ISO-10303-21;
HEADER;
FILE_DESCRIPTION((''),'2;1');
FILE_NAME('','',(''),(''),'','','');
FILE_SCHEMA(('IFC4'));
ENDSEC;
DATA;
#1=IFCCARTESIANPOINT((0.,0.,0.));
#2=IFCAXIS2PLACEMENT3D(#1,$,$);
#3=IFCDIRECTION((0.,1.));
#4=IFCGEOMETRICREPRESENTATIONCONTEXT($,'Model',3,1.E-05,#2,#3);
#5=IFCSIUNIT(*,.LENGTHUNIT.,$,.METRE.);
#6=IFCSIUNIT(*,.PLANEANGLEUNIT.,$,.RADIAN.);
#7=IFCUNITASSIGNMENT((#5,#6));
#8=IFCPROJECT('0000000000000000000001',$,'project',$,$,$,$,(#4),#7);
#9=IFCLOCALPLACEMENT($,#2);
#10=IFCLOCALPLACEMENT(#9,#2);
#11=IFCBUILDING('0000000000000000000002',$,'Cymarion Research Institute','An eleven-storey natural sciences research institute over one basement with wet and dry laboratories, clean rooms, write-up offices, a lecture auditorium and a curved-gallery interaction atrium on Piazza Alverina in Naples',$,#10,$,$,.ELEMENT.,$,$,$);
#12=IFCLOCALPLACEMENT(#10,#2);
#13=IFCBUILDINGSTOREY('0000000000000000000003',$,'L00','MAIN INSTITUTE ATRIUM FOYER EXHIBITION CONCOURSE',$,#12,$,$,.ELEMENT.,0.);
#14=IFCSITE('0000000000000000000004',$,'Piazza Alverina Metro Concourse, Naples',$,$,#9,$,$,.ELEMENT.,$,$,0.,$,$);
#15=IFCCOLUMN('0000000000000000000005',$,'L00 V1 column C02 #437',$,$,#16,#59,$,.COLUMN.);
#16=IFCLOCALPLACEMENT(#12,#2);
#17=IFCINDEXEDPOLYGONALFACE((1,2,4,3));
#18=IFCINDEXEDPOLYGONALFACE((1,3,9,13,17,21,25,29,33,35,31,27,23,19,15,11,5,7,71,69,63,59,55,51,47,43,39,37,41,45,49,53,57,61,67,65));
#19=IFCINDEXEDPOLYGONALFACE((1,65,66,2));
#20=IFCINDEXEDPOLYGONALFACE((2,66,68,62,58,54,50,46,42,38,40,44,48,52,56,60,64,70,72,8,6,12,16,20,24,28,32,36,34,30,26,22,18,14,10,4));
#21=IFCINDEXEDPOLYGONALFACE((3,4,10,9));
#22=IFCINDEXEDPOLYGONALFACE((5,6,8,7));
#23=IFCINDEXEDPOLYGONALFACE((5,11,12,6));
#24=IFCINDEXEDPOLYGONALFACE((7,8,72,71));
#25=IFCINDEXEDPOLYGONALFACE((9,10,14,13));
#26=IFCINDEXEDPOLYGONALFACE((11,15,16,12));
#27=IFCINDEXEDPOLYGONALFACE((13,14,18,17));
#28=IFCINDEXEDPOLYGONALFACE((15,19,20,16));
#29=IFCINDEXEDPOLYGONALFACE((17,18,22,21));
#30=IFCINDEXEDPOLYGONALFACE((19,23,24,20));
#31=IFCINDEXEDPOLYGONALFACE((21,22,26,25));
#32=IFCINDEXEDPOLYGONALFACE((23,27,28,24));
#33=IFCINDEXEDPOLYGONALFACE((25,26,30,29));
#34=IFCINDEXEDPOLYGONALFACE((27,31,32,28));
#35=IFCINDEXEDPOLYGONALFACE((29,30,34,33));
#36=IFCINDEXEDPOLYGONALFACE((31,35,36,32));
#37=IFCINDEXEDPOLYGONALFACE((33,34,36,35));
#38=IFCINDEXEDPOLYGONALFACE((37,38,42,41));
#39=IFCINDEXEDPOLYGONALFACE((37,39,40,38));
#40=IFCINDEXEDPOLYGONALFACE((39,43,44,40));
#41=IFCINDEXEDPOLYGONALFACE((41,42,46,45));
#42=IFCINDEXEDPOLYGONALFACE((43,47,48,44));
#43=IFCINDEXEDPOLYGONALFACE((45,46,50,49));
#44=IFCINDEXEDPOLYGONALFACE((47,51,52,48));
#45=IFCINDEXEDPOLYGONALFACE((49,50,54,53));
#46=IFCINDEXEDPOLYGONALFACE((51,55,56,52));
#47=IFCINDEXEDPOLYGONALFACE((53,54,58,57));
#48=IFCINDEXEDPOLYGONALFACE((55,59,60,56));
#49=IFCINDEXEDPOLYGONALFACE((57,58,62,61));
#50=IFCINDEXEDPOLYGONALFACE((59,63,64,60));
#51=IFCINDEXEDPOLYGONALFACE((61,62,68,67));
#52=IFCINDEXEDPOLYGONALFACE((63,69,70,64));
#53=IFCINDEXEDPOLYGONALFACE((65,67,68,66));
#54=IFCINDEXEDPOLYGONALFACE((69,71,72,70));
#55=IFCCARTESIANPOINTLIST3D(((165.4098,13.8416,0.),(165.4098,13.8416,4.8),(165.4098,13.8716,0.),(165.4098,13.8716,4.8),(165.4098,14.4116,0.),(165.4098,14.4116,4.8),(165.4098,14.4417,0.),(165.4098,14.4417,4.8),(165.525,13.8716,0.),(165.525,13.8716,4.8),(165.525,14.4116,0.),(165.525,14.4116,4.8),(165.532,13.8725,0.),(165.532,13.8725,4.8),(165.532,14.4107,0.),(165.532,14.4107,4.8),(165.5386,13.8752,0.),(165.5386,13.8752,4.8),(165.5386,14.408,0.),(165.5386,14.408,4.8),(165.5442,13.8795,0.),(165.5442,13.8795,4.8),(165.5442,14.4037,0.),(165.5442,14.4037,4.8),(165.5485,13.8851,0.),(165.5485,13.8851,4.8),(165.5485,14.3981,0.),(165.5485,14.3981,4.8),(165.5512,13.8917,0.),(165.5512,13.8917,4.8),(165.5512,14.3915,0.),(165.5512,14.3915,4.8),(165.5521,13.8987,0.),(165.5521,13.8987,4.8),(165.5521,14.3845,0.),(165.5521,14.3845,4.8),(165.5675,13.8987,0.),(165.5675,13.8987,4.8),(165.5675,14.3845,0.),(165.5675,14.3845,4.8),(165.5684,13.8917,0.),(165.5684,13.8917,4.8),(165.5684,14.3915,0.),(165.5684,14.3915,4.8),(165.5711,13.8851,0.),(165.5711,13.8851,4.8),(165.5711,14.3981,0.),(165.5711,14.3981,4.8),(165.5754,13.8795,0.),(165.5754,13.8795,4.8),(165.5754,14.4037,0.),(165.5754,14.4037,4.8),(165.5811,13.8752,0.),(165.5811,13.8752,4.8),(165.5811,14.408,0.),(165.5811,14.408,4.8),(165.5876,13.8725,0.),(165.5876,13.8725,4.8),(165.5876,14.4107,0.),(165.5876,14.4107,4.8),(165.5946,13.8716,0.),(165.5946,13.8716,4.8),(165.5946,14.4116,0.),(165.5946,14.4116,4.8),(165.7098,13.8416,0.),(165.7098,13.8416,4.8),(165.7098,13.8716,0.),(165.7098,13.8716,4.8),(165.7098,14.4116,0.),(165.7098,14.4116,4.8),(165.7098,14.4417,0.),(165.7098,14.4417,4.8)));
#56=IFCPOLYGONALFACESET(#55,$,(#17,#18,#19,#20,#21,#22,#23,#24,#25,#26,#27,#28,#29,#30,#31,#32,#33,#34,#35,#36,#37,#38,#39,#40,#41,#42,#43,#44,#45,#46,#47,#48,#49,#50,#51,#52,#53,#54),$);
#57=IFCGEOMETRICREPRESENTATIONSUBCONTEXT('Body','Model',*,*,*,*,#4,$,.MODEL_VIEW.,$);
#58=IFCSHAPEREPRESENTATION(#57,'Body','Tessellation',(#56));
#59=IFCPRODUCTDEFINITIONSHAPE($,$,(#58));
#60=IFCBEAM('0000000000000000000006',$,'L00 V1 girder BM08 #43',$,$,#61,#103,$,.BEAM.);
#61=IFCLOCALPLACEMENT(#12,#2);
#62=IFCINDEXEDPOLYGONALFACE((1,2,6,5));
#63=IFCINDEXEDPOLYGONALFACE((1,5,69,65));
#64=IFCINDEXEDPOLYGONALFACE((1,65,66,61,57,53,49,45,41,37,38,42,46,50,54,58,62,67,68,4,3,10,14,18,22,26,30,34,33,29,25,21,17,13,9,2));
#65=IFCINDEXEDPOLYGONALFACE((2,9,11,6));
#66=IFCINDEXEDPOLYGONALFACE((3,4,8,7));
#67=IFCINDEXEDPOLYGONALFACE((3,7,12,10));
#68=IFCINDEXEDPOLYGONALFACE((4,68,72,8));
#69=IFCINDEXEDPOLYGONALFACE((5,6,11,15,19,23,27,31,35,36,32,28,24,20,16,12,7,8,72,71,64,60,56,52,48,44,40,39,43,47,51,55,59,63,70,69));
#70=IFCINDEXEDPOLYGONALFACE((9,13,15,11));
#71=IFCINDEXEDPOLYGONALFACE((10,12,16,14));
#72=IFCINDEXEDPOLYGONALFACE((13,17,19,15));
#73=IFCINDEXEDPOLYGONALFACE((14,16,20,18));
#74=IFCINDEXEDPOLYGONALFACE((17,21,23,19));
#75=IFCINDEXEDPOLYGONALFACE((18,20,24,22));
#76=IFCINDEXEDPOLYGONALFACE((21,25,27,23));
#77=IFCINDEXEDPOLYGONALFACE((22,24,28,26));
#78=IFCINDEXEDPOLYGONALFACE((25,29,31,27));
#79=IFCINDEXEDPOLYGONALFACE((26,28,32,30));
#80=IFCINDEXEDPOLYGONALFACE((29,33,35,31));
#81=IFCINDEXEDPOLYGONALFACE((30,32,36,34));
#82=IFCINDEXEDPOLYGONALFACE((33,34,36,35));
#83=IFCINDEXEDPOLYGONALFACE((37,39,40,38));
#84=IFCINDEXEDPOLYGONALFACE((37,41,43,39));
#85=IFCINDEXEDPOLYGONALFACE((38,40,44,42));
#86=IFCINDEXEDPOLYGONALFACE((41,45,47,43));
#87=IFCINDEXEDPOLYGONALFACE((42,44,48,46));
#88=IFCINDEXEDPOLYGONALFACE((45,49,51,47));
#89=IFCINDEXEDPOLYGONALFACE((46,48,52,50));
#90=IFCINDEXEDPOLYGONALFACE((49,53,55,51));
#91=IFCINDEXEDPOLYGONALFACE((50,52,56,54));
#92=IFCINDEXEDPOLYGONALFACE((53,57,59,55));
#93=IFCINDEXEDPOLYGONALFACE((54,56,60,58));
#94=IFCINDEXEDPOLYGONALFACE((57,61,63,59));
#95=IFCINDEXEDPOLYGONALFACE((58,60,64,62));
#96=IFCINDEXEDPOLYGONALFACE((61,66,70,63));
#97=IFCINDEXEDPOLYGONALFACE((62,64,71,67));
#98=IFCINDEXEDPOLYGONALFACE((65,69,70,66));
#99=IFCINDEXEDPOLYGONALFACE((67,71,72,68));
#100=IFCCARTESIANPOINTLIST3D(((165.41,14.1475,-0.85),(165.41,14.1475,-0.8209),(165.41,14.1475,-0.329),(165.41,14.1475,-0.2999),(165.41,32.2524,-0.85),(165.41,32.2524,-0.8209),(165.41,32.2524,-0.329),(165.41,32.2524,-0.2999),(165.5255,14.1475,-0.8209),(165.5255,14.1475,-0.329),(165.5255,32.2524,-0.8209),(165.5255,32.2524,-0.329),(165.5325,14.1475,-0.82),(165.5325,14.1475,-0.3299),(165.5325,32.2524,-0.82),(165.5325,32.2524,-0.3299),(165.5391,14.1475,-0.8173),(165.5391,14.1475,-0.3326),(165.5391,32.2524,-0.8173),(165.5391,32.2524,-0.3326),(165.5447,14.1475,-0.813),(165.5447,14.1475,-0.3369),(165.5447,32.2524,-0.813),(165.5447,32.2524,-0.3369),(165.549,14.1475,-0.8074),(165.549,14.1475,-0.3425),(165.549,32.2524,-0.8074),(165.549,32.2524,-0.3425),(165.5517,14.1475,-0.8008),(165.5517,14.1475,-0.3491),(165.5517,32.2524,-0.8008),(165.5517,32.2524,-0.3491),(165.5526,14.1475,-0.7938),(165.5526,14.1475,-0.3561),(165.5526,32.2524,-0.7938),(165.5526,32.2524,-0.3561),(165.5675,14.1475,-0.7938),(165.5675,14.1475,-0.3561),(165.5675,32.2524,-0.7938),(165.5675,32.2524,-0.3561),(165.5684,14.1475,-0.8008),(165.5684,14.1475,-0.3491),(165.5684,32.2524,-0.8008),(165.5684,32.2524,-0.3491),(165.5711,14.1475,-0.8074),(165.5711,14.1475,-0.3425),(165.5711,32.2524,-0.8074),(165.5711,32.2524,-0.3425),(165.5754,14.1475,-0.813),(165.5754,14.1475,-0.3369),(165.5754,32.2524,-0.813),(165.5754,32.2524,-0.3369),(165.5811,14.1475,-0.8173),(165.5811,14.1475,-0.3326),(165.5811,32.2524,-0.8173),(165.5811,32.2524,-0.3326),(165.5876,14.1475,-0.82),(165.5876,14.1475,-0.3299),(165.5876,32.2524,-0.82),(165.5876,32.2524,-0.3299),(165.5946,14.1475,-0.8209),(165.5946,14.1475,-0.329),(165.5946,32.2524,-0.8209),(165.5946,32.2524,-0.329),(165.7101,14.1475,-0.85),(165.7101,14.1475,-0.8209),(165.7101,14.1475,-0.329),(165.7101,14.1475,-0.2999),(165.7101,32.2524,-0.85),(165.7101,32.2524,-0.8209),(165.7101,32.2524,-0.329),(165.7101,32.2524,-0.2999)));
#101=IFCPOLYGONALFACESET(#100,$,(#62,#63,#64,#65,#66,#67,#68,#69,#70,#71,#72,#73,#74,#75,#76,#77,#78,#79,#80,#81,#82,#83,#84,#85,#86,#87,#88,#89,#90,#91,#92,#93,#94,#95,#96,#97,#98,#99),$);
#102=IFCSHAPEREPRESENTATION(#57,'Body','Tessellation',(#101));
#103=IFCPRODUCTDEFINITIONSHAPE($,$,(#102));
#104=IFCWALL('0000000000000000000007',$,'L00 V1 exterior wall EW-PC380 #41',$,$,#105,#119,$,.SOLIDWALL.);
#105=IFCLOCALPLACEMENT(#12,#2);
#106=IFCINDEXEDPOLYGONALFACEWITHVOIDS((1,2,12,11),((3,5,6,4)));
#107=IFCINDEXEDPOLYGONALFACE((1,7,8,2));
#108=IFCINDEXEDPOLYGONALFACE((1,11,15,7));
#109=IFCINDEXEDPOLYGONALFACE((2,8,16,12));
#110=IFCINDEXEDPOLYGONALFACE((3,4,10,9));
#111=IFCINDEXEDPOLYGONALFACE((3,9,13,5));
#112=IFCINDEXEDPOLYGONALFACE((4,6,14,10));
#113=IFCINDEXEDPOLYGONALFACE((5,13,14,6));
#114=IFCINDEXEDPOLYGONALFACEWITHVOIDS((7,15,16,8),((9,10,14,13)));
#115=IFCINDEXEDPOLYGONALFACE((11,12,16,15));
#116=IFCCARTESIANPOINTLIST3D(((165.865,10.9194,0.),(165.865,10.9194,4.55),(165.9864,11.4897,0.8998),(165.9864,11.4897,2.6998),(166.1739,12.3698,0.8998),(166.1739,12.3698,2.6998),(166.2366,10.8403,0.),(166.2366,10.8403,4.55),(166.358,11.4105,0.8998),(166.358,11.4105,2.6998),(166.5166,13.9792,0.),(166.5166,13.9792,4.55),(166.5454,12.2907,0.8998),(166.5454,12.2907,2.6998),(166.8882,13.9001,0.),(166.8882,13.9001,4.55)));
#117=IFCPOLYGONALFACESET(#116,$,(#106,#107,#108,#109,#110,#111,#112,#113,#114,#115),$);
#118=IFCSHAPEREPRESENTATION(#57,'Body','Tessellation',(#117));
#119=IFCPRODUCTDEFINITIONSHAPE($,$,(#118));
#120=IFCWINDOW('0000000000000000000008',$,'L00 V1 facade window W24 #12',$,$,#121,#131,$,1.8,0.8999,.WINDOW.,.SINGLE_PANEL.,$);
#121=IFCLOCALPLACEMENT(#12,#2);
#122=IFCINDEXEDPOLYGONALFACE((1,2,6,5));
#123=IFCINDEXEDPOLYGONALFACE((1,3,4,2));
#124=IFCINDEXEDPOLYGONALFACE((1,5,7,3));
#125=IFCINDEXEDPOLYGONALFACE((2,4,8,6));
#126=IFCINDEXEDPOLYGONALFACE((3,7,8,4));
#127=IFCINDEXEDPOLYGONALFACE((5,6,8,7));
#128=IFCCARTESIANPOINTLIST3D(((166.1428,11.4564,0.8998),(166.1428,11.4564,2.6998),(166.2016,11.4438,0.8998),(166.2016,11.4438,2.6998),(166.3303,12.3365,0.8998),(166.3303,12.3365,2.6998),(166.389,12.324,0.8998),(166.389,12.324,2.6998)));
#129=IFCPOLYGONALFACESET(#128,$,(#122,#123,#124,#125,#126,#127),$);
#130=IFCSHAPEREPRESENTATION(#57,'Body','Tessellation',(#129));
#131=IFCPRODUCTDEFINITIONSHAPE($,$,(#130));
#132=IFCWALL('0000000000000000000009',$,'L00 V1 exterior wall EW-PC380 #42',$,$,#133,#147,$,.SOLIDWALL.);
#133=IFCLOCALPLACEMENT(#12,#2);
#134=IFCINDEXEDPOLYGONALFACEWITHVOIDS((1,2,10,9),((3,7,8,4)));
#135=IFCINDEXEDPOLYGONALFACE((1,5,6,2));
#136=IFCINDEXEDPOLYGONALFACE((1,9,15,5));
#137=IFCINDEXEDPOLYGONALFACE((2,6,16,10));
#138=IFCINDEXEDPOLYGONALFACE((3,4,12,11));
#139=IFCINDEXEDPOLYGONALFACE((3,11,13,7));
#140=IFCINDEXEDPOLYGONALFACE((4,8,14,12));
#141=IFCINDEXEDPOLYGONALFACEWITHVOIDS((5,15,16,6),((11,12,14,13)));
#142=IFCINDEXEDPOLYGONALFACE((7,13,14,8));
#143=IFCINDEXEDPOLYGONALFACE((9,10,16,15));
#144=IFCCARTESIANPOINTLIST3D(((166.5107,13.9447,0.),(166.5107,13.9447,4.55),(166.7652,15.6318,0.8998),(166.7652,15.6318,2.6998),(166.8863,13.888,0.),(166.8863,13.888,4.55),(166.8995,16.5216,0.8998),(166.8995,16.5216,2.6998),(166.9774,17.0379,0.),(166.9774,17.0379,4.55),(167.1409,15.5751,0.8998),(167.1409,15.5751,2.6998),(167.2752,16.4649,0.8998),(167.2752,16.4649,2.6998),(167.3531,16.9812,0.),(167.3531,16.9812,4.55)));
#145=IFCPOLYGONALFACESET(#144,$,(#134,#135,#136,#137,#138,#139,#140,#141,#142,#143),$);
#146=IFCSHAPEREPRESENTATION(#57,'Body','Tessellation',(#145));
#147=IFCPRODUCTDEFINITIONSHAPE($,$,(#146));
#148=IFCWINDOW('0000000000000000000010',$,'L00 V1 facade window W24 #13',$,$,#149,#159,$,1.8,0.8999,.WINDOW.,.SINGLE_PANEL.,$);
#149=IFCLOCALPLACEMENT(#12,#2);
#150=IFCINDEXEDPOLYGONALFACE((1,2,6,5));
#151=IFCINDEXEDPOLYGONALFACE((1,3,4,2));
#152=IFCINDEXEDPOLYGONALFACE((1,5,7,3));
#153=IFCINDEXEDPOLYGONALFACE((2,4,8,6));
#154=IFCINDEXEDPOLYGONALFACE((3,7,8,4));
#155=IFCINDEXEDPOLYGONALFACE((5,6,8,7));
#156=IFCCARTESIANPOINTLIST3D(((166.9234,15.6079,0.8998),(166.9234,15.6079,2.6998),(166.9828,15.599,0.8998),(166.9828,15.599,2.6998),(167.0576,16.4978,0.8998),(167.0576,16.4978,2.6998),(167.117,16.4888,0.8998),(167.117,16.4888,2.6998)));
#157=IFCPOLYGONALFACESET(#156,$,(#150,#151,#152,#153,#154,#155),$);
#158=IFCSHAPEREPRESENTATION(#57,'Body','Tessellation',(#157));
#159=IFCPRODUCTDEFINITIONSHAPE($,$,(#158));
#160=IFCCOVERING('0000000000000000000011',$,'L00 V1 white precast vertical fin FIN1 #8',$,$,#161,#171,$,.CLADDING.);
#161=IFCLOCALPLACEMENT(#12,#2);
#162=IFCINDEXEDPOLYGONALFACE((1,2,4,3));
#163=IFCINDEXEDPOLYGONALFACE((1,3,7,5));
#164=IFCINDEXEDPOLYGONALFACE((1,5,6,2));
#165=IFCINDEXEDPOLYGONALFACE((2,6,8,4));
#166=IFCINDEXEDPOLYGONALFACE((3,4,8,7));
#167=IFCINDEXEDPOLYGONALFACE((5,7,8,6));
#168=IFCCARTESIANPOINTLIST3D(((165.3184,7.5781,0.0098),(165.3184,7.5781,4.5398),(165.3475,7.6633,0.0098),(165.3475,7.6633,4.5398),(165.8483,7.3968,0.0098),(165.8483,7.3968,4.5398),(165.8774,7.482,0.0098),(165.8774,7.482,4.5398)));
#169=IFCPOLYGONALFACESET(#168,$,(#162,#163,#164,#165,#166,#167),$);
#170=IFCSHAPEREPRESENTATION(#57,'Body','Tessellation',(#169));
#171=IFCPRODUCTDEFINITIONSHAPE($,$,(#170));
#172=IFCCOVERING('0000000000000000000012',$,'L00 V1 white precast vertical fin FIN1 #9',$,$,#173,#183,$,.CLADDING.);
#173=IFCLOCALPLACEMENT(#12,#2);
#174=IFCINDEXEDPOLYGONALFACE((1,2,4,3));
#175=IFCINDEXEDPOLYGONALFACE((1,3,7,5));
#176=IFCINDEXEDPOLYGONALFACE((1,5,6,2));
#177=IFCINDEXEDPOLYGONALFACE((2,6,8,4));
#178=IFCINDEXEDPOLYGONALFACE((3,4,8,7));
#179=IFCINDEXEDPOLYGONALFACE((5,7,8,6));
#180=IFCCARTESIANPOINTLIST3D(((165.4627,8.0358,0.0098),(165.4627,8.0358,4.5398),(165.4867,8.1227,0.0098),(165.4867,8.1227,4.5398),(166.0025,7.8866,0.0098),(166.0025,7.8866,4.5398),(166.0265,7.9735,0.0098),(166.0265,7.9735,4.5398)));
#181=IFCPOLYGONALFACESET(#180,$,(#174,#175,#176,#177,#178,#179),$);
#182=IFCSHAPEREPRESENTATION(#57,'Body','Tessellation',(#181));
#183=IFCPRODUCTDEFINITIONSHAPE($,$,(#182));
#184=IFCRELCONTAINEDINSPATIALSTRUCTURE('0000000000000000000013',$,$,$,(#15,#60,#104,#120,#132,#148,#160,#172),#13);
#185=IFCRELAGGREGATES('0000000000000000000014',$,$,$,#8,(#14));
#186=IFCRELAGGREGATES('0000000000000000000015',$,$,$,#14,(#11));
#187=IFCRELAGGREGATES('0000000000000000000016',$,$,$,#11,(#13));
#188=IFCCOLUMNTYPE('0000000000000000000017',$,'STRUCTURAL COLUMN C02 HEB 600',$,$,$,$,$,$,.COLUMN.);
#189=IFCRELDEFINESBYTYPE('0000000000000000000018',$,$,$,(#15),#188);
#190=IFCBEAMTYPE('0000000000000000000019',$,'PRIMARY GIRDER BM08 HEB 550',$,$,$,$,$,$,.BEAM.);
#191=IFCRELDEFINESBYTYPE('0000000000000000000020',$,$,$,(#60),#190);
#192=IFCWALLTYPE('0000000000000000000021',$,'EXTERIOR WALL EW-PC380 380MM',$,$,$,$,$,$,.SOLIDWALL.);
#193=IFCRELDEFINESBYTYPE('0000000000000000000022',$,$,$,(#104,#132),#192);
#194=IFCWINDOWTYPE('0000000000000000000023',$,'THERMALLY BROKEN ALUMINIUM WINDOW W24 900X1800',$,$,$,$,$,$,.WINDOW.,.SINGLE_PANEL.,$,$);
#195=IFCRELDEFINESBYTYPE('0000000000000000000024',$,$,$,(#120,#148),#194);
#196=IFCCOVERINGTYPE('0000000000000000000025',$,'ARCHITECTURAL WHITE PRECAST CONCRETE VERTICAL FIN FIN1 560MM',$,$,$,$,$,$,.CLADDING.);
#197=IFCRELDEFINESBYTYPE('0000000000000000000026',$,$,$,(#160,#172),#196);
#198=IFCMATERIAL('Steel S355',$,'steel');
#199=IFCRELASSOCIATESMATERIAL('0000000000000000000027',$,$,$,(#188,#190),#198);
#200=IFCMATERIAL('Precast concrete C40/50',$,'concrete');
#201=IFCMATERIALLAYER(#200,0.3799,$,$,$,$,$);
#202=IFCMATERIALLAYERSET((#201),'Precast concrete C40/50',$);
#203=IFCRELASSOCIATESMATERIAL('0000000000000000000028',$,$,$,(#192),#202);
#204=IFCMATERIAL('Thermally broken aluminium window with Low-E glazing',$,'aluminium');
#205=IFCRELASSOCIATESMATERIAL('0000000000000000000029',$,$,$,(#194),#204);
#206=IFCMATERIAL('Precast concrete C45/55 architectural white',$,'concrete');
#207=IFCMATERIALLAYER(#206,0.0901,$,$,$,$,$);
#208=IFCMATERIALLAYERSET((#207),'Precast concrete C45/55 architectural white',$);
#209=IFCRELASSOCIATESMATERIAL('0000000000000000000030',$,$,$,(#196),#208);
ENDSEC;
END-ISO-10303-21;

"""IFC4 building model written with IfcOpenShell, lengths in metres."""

from ifc_helpers import new_model, si_unit, direction, frame, frame_2d, origin, origin_2d, place, context, subcontext, project, spatial, rectangle, i_section, extrude, material, layer, layer_set, material_profile, profile_set, type_object, element, fill, save


model = new_model("IFC4")

# Units and contexts
model_context = context("Model", 3, precision=1e-05, world=origin(), true_north=direction((0.0, 1.0)))
body_context = subcontext(model_context, "Body", "Model", "MODEL_VIEW")
ifc_project = project(units=[si_unit("LENGTHUNIT", "METRE"), si_unit("PLANEANGLEUNIT", "RADIAN")], contexts=[model_context])

# Site, building, storey
site_placement = place(None, origin())
site = spatial("IfcSite", under=ifc_project, at=site_placement, Name="Piazza Alverina Metro Concourse, Naples", CompositionType="ELEMENT", RefElevation=0.0)
building_placement = place(site_placement, origin())
building = spatial("IfcBuilding", under=site, at=building_placement, Name="Cymarion Research Institute", Description="An eleven-storey natural sciences research institute over one basement with wet and dry laboratories, clean rooms, write-up offices, a lecture auditorium and a curved-gallery interaction atrium on Piazza Alverina in Naples", CompositionType="ELEMENT")
storey_placement = place(building_placement, origin())
storey = spatial("IfcBuildingStorey", under=building, at=storey_placement, Name="L00", Description="MAIN INSTITUTE ATRIUM FOYER EXHIBITION CONCOURSE", CompositionType="ELEMENT", Elevation=0.0)

# Column
ifc_material_1 = material(Name="Steel S355", Category="steel")
ifc_material_profile_1 = material_profile(ifc_material_1, i_section(OverallWidth=0.3, OverallDepth=0.6001, WebThickness=0.0154, FlangeThickness=0.03, FilletRadius=0.0271, at=origin_2d()), Name="HEB 600")
ifc_profile_set_1 = profile_set([ifc_material_profile_1], Name="Steel S355")
column_type = type_object("IfcColumnType", Name="STRUCTURAL COLUMN C02 HEB 600", PredefinedType="COLUMN", material=ifc_profile_set_1)
column_placement = place(storey_placement, frame((165.5598, 14.1416, 0.0), z_axis=(0.0, 0.0, 1.0), x_axis=(1.0, 0.0, 0.0)))
element("IfcColumn", 1, at=column_placement, inside=storey, type_object=column_type, Name="L00 V1 column C02 #437", PredefinedType="COLUMN", context=body_context, shape_type="SweptSolid", body=[
    extrude(i_section(OverallWidth=0.3, OverallDepth=0.6001, WebThickness=0.0154, FlangeThickness=0.03, FilletRadius=0.0271, at=origin_2d()), origin(), (0.0, 0.0, 1.0), 4.8),
])

# Beam
ifc_material_profile_2 = material_profile(ifc_material_1, i_section(OverallWidth=0.3, OverallDepth=0.55, WebThickness=0.0149, FlangeThickness=0.0291, FilletRadius=0.0271, at=origin_2d()), Name="HEB 550")
ifc_profile_set_2 = profile_set([ifc_material_profile_2], Name="Steel S355")
beam_type = type_object("IfcBeamType", Name="PRIMARY GIRDER BM08 HEB 550", PredefinedType="BEAM", material=ifc_profile_set_2)
beam_placement = place(storey_placement, frame((165.5601, 14.1475, -0.575), z_axis=(0.0, 1.0, 0.0), x_axis=(-1.0, 0.0, 0.0)))
element("IfcBeam", 2, at=beam_placement, inside=storey, type_object=beam_type, Name="L00 V1 girder BM08 #43", PredefinedType="BEAM", context=body_context, shape_type="SweptSolid", body=[
    extrude(i_section(OverallWidth=0.3, OverallDepth=0.55, WebThickness=0.0149, FlangeThickness=0.0291, FilletRadius=0.0271, at=origin_2d()), origin(), (0.0, 0.0, 1.0), 18.105),
])

# Walls, openings, windows
ifc_material_2 = material(Name="Precast concrete C40/50", Category="concrete")
ifc_layer_1 = layer(ifc_material_2, 0.3799)
ifc_layer_set_1 = layer_set([ifc_layer_1], Name="Precast concrete C40/50")
wall_type = type_object("IfcWallType", Name="EXTERIOR WALL EW-PC380 380MM", PredefinedType="SOLIDWALL", material=ifc_layer_set_1)
wall_1_placement = place(storey_placement, frame((166.0508, 10.8799, 0.0), z_axis=(0.0, 0.0, 1.0), x_axis=(0.208287, 0.978068, 0.0)))
wall_1 = element("IfcWall", 3, at=wall_1_placement, inside=storey, type_object=wall_type, Name="L00 V1 exterior wall EW-PC380 #41", PredefinedType="SOLIDWALL", context=body_context, shape_type="SweptSolid", body=[
    extrude(rectangle(XDim=3.1284, YDim=0.3799, at=frame_2d((1.5642, 0.0))), origin(), (0.0, 0.0, 1.0), 4.55),
])
opening_1_placement = place(wall_1_placement, frame((0.583, 0.0, 0.8999)))
opening_1 = element("IfcOpeningElement", 4, at=opening_1_placement, cuts=wall_1, PredefinedType="OPENING", context=body_context, shape_type="SweptSolid", body=[
    extrude(rectangle(XDim=0.8999, YDim=1.8, at=frame_2d((0.45, 0.8999))), frame((0.0, 0.2, 0.0), z_axis=(0.0, -1.0, 0.0), x_axis=(1.0, 0.0, 0.0)), (0.0, 0.0, 1.0), 0.3999),
])
ifc_material_3 = material(Name="Thermally broken aluminium window with Low-E glazing", Category="aluminium")
window_type = type_object("IfcWindowType", Name="THERMALLY BROKEN ALUMINIUM WINDOW W24 900X1800", PartitioningType="SINGLE_PANEL", PredefinedType="WINDOW", material=ifc_material_3)
window_1_placement = place(opening_1_placement, origin())
window_1 = element("IfcWindow", 5, at=window_1_placement, inside=storey, type_object=window_type, Name="L00 V1 facade window W24 #12", OverallHeight=1.8, OverallWidth=0.8999, PartitioningType="SINGLE_PANEL", PredefinedType="WINDOW", context=body_context, shape_type="SweptSolid", body=[
    extrude(rectangle(XDim=0.8999, YDim=1.8, at=frame_2d((0.45, 0.8999))), frame((0.0, 0.03, 0.0), z_axis=(0.0, -1.0, 0.0), x_axis=(1.0, 0.0, 0.0)), (0.0, 0.0, 1.0), 0.0601),
])
fill(opening_1, window_1)
wall_2_placement = place(storey_placement, frame((166.6985, 13.9165, 0.0), z_axis=(0.0, 0.0, 1.0), x_axis=(0.149218, 0.988804, 0.0)))
wall_2 = element("IfcWall", 6, at=wall_2_placement, inside=storey, type_object=wall_type, Name="L00 V1 exterior wall EW-PC380 #42", PredefinedType="SOLIDWALL", context=body_context, shape_type="SweptSolid", body=[
    extrude(rectangle(XDim=3.1282, YDim=0.3799, at=frame_2d((1.564, 0.0))), origin(), (0.0, 0.0, 1.0), 4.55),
])
opening_2_placement = place(wall_2_placement, frame((1.7061, 0.0, 0.8999)))
opening_2 = element("IfcOpeningElement", 7, at=opening_2_placement, cuts=wall_2, PredefinedType="OPENING", context=body_context, shape_type="SweptSolid", body=[
    extrude(rectangle(XDim=0.8999, YDim=1.8, at=frame_2d((0.45, 0.8999))), frame((0.0, 0.2, 0.0), z_axis=(0.0, -1.0, 0.0), x_axis=(1.0, 0.0, 0.0)), (0.0, 0.0, 1.0), 0.3999),
])
window_2_placement = place(opening_2_placement, origin())
window_2 = element("IfcWindow", 8, at=window_2_placement, inside=storey, type_object=window_type, Name="L00 V1 facade window W24 #13", OverallHeight=1.8, OverallWidth=0.8999, PartitioningType="SINGLE_PANEL", PredefinedType="WINDOW", context=body_context, shape_type="SweptSolid", body=[
    extrude(rectangle(XDim=0.8999, YDim=1.8, at=frame_2d((0.45, 0.8999))), frame((0.0, 0.03, 0.0), z_axis=(0.0, -1.0, 0.0), x_axis=(1.0, 0.0, 0.0)), (0.0, 0.0, 1.0), 0.0601),
])
fill(opening_2, window_2)

# Coverings
ifc_material_4 = material(Name="Precast concrete C45/55 architectural white", Category="concrete")
ifc_layer_2 = layer(ifc_material_4, 0.0901)
ifc_layer_set_2 = layer_set([ifc_layer_2], Name="Precast concrete C45/55 architectural white")
covering_type = type_object("IfcCoveringType", Name="ARCHITECTURAL WHITE PRECAST CONCRETE VERTICAL FIN FIN1 560MM", PredefinedType="CLADDING", material=ifc_layer_set_2)
for number, where, z_axis, x_axis, name in (
    (9, (165.5979, 7.53, 0.0098), (0.0, 0.0, 1.0), (0.946142, -0.323752, 0.0), "L00 V1 white precast vertical fin FIN1 #8"),
    (10, (165.7446, 8.0046, 0.0098), (0.0, 0.0, 1.0), (0.963863, -0.266397, 0.0), "L00 V1 white precast vertical fin FIN1 #9"),
):
    element("IfcCovering", number, at=place(storey_placement, frame(where, z_axis=z_axis, x_axis=x_axis)), inside=storey, type_object=covering_type, Name=name, PredefinedType="CLADDING", context=body_context, shape_type="SweptSolid", body=[
        extrude(rectangle(XDim=0.5601, YDim=0.0901, at=origin_2d()), origin(), (0.0, 0.0, 1.0), 4.53),
    ])

save(model, "model.ifc")
